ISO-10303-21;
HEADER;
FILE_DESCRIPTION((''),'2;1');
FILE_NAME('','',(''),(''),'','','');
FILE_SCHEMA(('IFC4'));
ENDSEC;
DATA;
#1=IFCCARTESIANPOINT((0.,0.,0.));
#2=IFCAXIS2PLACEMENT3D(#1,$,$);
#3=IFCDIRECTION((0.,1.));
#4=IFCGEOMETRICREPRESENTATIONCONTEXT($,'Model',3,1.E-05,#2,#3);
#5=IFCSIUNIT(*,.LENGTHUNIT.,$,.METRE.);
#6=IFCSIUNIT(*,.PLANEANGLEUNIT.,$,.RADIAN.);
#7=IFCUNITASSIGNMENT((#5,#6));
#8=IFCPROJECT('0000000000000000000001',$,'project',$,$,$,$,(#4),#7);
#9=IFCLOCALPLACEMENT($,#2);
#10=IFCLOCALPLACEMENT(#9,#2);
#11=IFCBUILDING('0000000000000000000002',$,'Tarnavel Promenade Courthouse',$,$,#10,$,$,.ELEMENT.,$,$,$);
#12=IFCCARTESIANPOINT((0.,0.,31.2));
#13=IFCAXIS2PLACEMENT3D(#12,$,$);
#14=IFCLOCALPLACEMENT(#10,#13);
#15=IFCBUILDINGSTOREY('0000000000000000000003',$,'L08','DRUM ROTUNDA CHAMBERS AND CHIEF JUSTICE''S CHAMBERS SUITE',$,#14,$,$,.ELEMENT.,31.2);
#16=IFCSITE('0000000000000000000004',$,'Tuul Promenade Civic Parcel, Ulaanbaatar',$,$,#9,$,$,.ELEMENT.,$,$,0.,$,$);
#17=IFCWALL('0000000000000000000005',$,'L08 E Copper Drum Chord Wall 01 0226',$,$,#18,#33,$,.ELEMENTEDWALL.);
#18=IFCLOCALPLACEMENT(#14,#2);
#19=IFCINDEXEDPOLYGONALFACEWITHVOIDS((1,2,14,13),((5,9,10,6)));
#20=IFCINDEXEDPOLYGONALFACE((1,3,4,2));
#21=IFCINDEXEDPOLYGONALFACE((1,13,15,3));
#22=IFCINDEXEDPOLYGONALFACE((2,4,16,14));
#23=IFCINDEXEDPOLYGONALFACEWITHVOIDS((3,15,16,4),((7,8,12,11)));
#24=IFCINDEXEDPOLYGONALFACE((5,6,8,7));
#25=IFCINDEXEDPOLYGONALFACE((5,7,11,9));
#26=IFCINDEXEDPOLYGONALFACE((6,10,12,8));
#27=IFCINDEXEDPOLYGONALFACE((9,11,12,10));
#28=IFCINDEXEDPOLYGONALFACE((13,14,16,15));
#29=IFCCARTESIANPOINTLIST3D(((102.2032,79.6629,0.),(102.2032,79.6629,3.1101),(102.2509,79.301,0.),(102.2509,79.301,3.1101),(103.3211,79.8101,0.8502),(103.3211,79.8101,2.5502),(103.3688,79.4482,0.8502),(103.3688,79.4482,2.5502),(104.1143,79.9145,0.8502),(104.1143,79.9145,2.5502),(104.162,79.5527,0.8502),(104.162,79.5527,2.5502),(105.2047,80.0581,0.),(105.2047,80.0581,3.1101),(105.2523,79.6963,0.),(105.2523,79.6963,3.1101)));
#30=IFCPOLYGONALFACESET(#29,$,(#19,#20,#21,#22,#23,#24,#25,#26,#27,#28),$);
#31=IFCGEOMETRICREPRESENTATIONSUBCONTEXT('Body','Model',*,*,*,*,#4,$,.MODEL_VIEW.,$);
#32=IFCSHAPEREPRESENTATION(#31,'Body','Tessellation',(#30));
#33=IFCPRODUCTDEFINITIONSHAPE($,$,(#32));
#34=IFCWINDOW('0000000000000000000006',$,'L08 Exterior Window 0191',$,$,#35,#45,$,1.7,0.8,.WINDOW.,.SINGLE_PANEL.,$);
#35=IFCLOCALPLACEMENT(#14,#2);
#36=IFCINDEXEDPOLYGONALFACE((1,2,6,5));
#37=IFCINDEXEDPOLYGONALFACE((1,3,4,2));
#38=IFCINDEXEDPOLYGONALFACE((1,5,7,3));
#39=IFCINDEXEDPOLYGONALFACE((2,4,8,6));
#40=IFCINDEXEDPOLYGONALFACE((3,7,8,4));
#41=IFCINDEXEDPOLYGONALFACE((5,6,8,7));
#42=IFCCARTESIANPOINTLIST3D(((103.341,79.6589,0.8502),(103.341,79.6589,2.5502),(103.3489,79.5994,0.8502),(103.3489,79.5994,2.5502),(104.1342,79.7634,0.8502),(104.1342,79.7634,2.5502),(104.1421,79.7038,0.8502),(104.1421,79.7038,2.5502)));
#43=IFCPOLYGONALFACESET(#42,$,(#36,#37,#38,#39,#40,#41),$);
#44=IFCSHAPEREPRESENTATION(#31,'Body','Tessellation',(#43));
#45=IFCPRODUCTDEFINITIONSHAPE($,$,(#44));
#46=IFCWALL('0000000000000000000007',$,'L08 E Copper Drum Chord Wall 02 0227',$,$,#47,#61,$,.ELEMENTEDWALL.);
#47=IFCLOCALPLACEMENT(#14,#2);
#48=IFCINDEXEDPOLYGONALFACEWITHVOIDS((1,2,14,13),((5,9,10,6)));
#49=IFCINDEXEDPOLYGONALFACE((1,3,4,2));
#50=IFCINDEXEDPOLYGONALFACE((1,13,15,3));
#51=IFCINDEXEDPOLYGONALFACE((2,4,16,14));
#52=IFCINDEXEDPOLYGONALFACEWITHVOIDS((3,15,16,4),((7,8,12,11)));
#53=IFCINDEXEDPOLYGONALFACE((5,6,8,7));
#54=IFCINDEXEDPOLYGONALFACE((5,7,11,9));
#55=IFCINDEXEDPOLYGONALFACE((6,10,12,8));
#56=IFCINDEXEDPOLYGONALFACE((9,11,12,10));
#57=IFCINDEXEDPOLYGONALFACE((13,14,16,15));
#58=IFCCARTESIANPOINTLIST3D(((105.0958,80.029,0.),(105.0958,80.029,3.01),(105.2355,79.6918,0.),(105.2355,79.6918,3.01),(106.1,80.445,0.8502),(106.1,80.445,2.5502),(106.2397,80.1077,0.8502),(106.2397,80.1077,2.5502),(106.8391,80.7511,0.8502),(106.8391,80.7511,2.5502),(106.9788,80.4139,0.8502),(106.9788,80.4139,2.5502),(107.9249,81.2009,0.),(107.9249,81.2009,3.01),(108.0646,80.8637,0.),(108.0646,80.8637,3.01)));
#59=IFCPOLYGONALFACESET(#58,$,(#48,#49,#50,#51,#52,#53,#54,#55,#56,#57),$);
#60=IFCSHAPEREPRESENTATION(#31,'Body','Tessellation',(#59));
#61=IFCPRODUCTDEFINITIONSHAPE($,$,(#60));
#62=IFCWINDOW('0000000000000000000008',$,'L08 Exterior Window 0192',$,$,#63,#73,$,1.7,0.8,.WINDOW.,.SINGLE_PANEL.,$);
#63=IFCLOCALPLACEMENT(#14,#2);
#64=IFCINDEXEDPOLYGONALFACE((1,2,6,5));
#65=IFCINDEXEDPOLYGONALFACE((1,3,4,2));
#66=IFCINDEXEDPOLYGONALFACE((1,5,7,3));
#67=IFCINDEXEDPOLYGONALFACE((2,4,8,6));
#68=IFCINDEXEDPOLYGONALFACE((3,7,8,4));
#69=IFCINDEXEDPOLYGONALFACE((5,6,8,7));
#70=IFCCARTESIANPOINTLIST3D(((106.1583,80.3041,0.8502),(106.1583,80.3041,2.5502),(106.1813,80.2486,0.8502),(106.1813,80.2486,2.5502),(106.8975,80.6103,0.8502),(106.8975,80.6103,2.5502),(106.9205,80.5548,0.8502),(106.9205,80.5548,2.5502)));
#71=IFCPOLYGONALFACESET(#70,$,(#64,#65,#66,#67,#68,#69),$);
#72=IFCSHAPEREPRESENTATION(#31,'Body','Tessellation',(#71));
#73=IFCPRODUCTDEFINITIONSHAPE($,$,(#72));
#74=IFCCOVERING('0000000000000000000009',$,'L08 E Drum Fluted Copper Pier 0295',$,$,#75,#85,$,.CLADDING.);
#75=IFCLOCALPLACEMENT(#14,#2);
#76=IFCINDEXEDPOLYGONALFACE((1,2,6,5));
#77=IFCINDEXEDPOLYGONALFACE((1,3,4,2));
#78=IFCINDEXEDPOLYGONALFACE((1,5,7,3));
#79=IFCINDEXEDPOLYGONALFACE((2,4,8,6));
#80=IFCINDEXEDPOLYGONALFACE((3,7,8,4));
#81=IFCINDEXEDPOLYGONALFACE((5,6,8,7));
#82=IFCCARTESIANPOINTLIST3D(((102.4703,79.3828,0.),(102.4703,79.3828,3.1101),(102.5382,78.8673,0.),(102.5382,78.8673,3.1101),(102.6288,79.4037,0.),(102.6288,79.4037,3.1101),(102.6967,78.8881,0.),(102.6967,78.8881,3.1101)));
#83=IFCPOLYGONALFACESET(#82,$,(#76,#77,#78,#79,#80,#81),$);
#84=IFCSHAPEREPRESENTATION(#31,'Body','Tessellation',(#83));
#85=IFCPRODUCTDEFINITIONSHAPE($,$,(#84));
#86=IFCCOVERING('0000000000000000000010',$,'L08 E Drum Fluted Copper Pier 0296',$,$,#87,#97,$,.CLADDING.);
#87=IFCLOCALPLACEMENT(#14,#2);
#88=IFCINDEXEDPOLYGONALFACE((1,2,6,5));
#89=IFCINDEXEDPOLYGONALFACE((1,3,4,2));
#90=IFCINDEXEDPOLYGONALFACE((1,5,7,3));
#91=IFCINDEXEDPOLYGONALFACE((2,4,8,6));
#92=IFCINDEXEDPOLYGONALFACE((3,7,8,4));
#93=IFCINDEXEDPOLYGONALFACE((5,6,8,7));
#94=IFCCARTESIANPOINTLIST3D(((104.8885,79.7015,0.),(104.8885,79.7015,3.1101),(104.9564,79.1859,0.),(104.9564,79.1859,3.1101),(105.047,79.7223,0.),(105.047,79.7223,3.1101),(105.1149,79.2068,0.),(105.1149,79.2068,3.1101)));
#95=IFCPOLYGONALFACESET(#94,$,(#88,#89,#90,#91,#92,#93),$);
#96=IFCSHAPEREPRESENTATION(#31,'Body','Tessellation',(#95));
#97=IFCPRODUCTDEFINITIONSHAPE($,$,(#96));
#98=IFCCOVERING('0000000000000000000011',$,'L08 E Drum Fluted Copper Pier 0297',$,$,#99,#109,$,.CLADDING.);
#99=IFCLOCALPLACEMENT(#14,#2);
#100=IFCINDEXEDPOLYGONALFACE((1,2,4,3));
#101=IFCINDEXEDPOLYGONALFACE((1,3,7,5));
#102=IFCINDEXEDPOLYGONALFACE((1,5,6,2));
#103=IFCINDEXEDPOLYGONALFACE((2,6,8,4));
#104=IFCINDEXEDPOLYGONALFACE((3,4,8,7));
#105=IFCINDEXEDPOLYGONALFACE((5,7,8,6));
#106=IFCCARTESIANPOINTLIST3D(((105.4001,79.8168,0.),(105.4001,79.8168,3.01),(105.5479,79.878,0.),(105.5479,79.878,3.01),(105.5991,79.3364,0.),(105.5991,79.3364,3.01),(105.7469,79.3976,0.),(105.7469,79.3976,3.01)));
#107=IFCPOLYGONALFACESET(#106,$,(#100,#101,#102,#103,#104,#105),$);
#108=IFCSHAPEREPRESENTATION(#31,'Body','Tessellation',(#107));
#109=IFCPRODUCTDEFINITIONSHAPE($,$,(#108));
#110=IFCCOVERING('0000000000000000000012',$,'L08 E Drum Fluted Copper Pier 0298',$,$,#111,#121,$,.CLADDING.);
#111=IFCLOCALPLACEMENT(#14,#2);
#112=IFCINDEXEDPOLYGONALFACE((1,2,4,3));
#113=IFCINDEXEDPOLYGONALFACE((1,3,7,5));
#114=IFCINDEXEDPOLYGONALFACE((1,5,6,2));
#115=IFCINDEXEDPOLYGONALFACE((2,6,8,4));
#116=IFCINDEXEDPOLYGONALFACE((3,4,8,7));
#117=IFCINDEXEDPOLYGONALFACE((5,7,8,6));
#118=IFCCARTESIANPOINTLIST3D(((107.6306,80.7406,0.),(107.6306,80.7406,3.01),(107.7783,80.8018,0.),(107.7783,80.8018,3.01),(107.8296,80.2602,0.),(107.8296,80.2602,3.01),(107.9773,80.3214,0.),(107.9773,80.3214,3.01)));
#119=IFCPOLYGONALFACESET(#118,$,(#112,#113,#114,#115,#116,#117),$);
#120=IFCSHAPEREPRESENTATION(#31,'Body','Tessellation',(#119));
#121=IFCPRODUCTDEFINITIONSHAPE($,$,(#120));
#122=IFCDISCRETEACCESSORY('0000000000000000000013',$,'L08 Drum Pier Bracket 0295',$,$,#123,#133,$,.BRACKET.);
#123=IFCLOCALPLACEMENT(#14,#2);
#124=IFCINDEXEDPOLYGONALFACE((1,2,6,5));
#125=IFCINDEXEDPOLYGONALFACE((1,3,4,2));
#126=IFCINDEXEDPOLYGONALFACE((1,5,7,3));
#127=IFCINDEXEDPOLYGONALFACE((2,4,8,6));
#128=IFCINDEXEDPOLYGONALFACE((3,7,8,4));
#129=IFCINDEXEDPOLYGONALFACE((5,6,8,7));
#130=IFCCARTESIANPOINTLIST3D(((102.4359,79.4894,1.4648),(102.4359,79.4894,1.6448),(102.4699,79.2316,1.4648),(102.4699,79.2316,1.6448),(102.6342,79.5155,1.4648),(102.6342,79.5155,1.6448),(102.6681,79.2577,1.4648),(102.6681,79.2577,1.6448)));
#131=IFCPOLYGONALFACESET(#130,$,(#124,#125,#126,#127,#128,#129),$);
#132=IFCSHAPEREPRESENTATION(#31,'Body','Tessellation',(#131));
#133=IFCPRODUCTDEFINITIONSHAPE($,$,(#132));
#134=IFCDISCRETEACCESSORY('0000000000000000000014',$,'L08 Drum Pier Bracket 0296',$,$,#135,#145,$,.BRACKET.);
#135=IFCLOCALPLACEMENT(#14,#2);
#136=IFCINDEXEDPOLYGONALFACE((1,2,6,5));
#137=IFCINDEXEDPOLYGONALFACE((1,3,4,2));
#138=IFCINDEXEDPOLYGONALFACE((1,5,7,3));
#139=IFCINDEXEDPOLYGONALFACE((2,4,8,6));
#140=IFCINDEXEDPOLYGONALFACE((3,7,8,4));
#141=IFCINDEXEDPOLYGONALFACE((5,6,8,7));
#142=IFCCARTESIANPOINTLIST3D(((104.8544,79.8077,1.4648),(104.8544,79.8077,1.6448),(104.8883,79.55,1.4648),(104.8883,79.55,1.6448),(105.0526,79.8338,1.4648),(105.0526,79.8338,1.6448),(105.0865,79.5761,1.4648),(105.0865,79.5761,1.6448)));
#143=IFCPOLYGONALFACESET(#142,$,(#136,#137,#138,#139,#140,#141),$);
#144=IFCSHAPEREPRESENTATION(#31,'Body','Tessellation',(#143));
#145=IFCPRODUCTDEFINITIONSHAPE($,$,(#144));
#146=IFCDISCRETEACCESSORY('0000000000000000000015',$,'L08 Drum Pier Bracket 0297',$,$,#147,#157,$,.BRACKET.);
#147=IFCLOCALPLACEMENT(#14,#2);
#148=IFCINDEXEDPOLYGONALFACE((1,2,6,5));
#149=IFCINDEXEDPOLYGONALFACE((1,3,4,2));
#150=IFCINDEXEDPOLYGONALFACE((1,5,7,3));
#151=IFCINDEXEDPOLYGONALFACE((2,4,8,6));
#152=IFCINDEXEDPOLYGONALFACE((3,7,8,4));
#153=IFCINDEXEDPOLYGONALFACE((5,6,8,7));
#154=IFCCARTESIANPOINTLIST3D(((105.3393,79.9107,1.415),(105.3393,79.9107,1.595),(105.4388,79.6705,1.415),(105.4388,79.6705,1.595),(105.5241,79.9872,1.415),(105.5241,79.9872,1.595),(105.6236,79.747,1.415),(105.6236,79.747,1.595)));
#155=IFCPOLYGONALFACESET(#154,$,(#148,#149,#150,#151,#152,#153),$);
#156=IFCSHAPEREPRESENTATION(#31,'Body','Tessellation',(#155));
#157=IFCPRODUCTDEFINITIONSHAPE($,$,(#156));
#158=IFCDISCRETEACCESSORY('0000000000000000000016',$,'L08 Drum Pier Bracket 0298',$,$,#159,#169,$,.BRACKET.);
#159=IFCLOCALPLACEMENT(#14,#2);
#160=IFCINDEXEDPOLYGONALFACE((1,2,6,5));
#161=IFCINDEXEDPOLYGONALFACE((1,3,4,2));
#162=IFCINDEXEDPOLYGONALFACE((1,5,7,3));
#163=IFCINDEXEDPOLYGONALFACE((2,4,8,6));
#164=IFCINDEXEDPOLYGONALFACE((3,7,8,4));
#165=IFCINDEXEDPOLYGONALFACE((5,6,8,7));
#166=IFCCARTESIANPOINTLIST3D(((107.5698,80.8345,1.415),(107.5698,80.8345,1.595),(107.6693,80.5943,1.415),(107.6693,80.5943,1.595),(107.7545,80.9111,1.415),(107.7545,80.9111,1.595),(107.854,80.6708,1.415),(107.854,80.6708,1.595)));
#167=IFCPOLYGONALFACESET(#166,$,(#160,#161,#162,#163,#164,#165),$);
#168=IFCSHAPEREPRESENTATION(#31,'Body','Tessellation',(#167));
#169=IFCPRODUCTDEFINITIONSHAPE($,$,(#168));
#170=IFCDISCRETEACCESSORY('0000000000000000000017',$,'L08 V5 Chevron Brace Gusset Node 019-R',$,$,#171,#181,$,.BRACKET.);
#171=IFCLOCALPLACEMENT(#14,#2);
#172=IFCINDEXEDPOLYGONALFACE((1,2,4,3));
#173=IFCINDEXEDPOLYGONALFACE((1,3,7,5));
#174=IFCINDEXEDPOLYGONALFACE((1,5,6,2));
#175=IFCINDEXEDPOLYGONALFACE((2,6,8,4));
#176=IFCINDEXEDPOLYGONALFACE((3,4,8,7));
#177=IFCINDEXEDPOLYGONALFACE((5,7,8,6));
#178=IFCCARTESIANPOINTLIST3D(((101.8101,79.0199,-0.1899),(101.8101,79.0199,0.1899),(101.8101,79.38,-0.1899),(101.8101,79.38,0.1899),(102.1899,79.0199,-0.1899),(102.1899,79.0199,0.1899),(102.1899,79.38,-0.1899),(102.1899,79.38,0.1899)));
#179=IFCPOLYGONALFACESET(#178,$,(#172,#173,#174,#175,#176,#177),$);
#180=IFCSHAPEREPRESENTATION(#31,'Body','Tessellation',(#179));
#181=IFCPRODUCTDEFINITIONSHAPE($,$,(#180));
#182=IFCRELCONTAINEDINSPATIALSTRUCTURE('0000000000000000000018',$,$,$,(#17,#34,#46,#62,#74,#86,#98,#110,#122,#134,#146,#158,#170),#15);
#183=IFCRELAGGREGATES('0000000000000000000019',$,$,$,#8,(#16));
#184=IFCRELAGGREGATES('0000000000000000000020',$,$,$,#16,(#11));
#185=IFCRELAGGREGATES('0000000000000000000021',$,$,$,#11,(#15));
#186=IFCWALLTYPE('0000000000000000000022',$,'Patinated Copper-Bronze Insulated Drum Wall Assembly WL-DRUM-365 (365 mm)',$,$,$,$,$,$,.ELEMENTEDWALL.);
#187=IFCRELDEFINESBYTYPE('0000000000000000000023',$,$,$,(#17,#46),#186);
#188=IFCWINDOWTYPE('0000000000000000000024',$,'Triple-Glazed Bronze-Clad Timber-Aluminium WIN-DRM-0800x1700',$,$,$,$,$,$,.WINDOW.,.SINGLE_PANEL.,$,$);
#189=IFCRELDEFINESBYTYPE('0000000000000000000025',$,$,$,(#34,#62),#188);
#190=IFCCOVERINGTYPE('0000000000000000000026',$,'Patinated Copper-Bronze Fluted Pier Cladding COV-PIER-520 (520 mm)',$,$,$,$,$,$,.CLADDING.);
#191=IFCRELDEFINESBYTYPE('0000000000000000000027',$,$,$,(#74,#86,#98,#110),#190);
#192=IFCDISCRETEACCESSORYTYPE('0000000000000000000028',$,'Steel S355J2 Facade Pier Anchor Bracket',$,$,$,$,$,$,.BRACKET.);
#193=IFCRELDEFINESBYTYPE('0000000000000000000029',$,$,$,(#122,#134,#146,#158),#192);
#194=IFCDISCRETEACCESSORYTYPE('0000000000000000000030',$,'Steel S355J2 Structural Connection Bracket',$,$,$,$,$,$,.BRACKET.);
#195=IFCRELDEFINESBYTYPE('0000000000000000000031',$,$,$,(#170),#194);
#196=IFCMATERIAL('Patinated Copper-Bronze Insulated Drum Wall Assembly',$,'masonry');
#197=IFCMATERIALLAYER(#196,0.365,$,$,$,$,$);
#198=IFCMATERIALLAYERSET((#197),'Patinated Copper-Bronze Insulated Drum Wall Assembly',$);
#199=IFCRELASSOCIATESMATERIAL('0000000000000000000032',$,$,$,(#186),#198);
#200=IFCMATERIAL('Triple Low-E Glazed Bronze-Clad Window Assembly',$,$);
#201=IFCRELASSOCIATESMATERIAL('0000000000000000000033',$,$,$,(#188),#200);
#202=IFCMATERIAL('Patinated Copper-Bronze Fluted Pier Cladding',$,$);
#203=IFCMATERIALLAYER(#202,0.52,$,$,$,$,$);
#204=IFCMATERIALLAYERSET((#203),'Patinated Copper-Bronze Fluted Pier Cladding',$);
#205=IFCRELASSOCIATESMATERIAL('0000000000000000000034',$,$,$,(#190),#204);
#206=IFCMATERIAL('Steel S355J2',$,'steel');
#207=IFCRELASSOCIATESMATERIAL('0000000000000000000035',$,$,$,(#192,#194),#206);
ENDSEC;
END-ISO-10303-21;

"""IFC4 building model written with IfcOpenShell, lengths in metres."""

from ifc_helpers import new_model, si_unit, direction, frame, frame_2d, origin, origin_2d, place, context, subcontext, project, spatial, rectangle, extrude, material, layer, layer_set, type_object, element, fill, save


model = new_model("IFC4")

# Units and contexts
model_context = context("Model", 3, precision=1e-05, world=origin(), true_north=direction((0.0, 1.0)))
body_context = subcontext(model_context, "Body", "Model", "MODEL_VIEW")
ifc_project = project(units=[si_unit("LENGTHUNIT", "METRE"), si_unit("PLANEANGLEUNIT", "RADIAN")], contexts=[model_context])

# Site, building, storey
site_placement = place(None, origin())
site = spatial("IfcSite", under=ifc_project, at=site_placement, Name="Tuul Promenade Civic Parcel, Ulaanbaatar", CompositionType="ELEMENT", RefElevation=0.0)
building_placement = place(site_placement, origin())
building = spatial("IfcBuilding", under=site, at=building_placement, Name="Tarnavel Promenade Courthouse", CompositionType="ELEMENT")
storey_placement = place(building_placement, frame((0.0, 0.0, 31.2)))
storey = spatial("IfcBuildingStorey", under=building, at=storey_placement, Name="L08", Description="DRUM ROTUNDA CHAMBERS AND CHIEF JUSTICE'S CHAMBERS SUITE", CompositionType="ELEMENT", Elevation=31.2)

# Shared definitions
ifc_material_1 = material(Name="Steel S355J2", Category="steel")

# Walls, openings, windows
ifc_material_2 = material(Name="Patinated Copper-Bronze Insulated Drum Wall Assembly", Category="masonry")
ifc_layer_1 = layer(ifc_material_2, 0.365)
ifc_layer_set_1 = layer_set([ifc_layer_1], Name="Patinated Copper-Bronze Insulated Drum Wall Assembly")
wall_type_1 = type_object("IfcWallType", Name="Patinated Copper-Bronze Insulated Drum Wall Assembly WL-DRUM-365 (365 mm)", PredefinedType="ELEMENTEDWALL", material=ifc_layer_set_1)
wall_1_placement = place(storey_placement, frame((102.2271, 79.4819, 0.0), z_axis=(0.0, 0.0, 1.0), x_axis=(0.99144, 0.130563, 0.0)))
wall_1 = element("IfcWall", 1, at=wall_1_placement, inside=storey, type_object=wall_type_1, Name="L08 E Copper Drum Chord Wall 01 0226", PredefinedType="ELEMENTEDWALL", context=body_context, shape_type="SweptSolid", body=[
    extrude(rectangle(XDim=3.0273, YDim=0.365, at=frame_2d((1.5137, 0.0))), origin(), (0.0, 0.0, 1.0), 3.1101),
])
opening_1_placement = place(wall_1_placement, frame((1.1277, 0.0, 0.8501)))
opening_1 = element("IfcOpeningElement", 2, at=opening_1_placement, cuts=wall_1, PredefinedType="OPENING", context=body_context, shape_type="SweptSolid", body=[
    extrude(rectangle(XDim=0.8, YDim=1.7, at=frame_2d((0.3999, 0.8501))), frame((0.0, 0.1924, 0.0), z_axis=(0.0, -1.0, 0.0), x_axis=(1.0, 0.0, 0.0)), (0.0, 0.0, 1.0), 0.385),
])
ifc_material_3 = material(Name="Triple Low-E Glazed Bronze-Clad Window Assembly")
window_type = type_object("IfcWindowType", Name="Triple-Glazed Bronze-Clad Timber-Aluminium WIN-DRM-0800x1700", PartitioningType="SINGLE_PANEL", PredefinedType="WINDOW", material=ifc_material_3)
window_1_placement = place(opening_1_placement, origin())
window_1 = element("IfcWindow", 3, at=window_1_placement, inside=storey, type_object=window_type, Name="L08 Exterior Window 0191", OverallHeight=1.7, OverallWidth=0.8, PartitioningType="SINGLE_PANEL", PredefinedType="WINDOW", context=body_context, shape_type="SweptSolid", body=[
    extrude(rectangle(XDim=0.8, YDim=1.7, at=frame_2d((0.3999, 0.8501))), frame((0.0, 0.03, 0.0), z_axis=(0.0, -1.0, 0.0), x_axis=(1.0, 0.0, 0.0)), (0.0, 0.0, 1.0), 0.0601),
])
fill(opening_1, window_1)
wall_2_placement = place(storey_placement, frame((105.1655, 79.8604, 0.0), z_axis=(0.0, 0.0, 1.0), x_axis=(0.923877, 0.38269, 0.0)))
wall_2 = element("IfcWall", 4, at=wall_2_placement, inside=storey, type_object=wall_type_1, Name="L08 E Copper Drum Chord Wall 02 0227", PredefinedType="ELEMENTEDWALL", context=body_context, shape_type="SweptSolid", body=[
    extrude(rectangle(XDim=3.0623, YDim=0.365, at=frame_2d((1.5312, 0.0))), origin(), (0.0, 0.0, 1.0), 3.01),
])
opening_2_placement = place(wall_2_placement, frame((1.0872, 0.0, 0.8501)))
opening_2 = element("IfcOpeningElement", 5, at=opening_2_placement, cuts=wall_2, PredefinedType="OPENING", context=body_context, shape_type="SweptSolid", body=[
    extrude(rectangle(XDim=0.8, YDim=1.7, at=frame_2d((0.3999, 0.8501))), frame((0.0, 0.1924, 0.0), z_axis=(0.0, -1.0, 0.0), x_axis=(1.0, 0.0, 0.0)), (0.0, 0.0, 1.0), 0.385),
])
window_2_placement = place(opening_2_placement, origin())
window_2 = element("IfcWindow", 6, at=window_2_placement, inside=storey, type_object=window_type, Name="L08 Exterior Window 0192", OverallHeight=1.7, OverallWidth=0.8, PartitioningType="SINGLE_PANEL", PredefinedType="WINDOW", context=body_context, shape_type="SweptSolid", body=[
    extrude(rectangle(XDim=0.8, YDim=1.7, at=frame_2d((0.3999, 0.8501))), frame((0.0, 0.03, 0.0), z_axis=(0.0, -1.0, 0.0), x_axis=(1.0, 0.0, 0.0)), (0.0, 0.0, 1.0), 0.0601),
])
fill(opening_2, window_2)

# Coverings
ifc_material_4 = material(Name="Patinated Copper-Bronze Fluted Pier Cladding")
ifc_layer_2 = layer(ifc_material_4, 0.52)
ifc_layer_set_2 = layer_set([ifc_layer_2], Name="Patinated Copper-Bronze Fluted Pier Cladding")
covering_type = type_object("IfcCoveringType", Name="Patinated Copper-Bronze Fluted Pier Cladding COV-PIER-520 (520 mm)", PredefinedType="CLADDING", material=ifc_layer_set_2)
for number, where, z_axis, x_axis, name in (
    (7, (102.5835, 79.1355, 0.0), (0.0, 0.0, 1.0), (0.991445, 0.130526, 0.0), "L08 E Drum Fluted Copper Pier 0295"),
    (8, (105.0017, 79.4541, 0.0), (0.0, 0.0, 1.0), (0.991445, 0.130526, 0.0), "L08 E Drum Fluted Copper Pier 0296"),
):
    element("IfcCovering", number, at=place(storey_placement, frame(where, z_axis=z_axis, x_axis=x_axis)), inside=storey, type_object=covering_type, Name=name, PredefinedType="CLADDING", context=body_context, shape_type="SweptSolid", body=[
        extrude(rectangle(XDim=0.1599, YDim=0.52, at=origin_2d()), origin(), (0.0, 0.0, 1.0), 3.1101),
    ])
for number, where, z_axis, x_axis, name in (
    (9, (105.5735, 79.6072, 0.0), (0.0, 0.0, 1.0), (0.92388, 0.382683, 0.0), "L08 E Drum Fluted Copper Pier 0297"),
    (10, (107.804, 80.531, 0.0), (0.0, 0.0, 1.0), (0.92388, 0.382683, 0.0), "L08 E Drum Fluted Copper Pier 0298"),
):
    element("IfcCovering", number, at=place(storey_placement, frame(where, z_axis=z_axis, x_axis=x_axis)), inside=storey, type_object=covering_type, Name=name, PredefinedType="CLADDING", context=body_context, shape_type="SweptSolid", body=[
        extrude(rectangle(XDim=0.1599, YDim=0.52, at=origin_2d()), origin(), (0.0, 0.0, 1.0), 3.01),
    ])

# Discrete accessories
discrete_accessory_type_1 = type_object("IfcDiscreteAccessoryType", Name="Steel S355J2 Facade Pier Anchor Bracket", PredefinedType="BRACKET", material=ifc_material_1)
for number, where, z_axis, x_axis, name in (
    (11, (102.552, 79.3735, 1.4648), (0.0, 0.0, 1.0), (0.991445, 0.130526, 0.0), "L08 Drum Pier Bracket 0295"),
    (12, (104.9705, 79.6919, 1.4648), (0.0, 0.0, 1.0), (0.991445, 0.130526, 0.0), "L08 Drum Pier Bracket 0296"),
    (13, (105.4814, 79.8289, 1.415), (0.0, 0.0, 1.0), (0.92388, 0.382683, 0.0), "L08 Drum Pier Bracket 0297"),
    (14, (107.7119, 80.7527, 1.415), (0.0, 0.0, 1.0), (0.92388, 0.382683, 0.0), "L08 Drum Pier Bracket 0298"),
):
    element("IfcDiscreteAccessory", number, at=place(storey_placement, frame(where, z_axis=z_axis, x_axis=x_axis)), inside=storey, type_object=discrete_accessory_type_1, Name=name, PredefinedType="BRACKET", context=body_context, shape_type="SweptSolid", body=[
        extrude(rectangle(XDim=0.2, YDim=0.26, at=origin_2d()), origin(), (0.0, 0.0, 1.0), 0.1799),
    ])
discrete_accessory_type_2 = type_object("IfcDiscreteAccessoryType", Name="Steel S355J2 Structural Connection Bracket", PredefinedType="BRACKET", material=ifc_material_1)
discrete_accessory_placement = place(storey_placement, frame((102.0, 79.2, -0.1899), z_axis=(0.0, 0.0, 1.0), x_axis=(1.0, 0.0, 0.0)))
element("IfcDiscreteAccessory", 15, at=discrete_accessory_placement, inside=storey, type_object=discrete_accessory_type_2, Name="L08 V5 Chevron Brace Gusset Node 019-R", PredefinedType="BRACKET", context=body_context, shape_type="SweptSolid", body=[
    extrude(rectangle(XDim=0.3799, YDim=0.3601, at=origin_2d()), origin(), (0.0, 0.0, 1.0), 0.3799),
])

save(model, "model.ifc")
